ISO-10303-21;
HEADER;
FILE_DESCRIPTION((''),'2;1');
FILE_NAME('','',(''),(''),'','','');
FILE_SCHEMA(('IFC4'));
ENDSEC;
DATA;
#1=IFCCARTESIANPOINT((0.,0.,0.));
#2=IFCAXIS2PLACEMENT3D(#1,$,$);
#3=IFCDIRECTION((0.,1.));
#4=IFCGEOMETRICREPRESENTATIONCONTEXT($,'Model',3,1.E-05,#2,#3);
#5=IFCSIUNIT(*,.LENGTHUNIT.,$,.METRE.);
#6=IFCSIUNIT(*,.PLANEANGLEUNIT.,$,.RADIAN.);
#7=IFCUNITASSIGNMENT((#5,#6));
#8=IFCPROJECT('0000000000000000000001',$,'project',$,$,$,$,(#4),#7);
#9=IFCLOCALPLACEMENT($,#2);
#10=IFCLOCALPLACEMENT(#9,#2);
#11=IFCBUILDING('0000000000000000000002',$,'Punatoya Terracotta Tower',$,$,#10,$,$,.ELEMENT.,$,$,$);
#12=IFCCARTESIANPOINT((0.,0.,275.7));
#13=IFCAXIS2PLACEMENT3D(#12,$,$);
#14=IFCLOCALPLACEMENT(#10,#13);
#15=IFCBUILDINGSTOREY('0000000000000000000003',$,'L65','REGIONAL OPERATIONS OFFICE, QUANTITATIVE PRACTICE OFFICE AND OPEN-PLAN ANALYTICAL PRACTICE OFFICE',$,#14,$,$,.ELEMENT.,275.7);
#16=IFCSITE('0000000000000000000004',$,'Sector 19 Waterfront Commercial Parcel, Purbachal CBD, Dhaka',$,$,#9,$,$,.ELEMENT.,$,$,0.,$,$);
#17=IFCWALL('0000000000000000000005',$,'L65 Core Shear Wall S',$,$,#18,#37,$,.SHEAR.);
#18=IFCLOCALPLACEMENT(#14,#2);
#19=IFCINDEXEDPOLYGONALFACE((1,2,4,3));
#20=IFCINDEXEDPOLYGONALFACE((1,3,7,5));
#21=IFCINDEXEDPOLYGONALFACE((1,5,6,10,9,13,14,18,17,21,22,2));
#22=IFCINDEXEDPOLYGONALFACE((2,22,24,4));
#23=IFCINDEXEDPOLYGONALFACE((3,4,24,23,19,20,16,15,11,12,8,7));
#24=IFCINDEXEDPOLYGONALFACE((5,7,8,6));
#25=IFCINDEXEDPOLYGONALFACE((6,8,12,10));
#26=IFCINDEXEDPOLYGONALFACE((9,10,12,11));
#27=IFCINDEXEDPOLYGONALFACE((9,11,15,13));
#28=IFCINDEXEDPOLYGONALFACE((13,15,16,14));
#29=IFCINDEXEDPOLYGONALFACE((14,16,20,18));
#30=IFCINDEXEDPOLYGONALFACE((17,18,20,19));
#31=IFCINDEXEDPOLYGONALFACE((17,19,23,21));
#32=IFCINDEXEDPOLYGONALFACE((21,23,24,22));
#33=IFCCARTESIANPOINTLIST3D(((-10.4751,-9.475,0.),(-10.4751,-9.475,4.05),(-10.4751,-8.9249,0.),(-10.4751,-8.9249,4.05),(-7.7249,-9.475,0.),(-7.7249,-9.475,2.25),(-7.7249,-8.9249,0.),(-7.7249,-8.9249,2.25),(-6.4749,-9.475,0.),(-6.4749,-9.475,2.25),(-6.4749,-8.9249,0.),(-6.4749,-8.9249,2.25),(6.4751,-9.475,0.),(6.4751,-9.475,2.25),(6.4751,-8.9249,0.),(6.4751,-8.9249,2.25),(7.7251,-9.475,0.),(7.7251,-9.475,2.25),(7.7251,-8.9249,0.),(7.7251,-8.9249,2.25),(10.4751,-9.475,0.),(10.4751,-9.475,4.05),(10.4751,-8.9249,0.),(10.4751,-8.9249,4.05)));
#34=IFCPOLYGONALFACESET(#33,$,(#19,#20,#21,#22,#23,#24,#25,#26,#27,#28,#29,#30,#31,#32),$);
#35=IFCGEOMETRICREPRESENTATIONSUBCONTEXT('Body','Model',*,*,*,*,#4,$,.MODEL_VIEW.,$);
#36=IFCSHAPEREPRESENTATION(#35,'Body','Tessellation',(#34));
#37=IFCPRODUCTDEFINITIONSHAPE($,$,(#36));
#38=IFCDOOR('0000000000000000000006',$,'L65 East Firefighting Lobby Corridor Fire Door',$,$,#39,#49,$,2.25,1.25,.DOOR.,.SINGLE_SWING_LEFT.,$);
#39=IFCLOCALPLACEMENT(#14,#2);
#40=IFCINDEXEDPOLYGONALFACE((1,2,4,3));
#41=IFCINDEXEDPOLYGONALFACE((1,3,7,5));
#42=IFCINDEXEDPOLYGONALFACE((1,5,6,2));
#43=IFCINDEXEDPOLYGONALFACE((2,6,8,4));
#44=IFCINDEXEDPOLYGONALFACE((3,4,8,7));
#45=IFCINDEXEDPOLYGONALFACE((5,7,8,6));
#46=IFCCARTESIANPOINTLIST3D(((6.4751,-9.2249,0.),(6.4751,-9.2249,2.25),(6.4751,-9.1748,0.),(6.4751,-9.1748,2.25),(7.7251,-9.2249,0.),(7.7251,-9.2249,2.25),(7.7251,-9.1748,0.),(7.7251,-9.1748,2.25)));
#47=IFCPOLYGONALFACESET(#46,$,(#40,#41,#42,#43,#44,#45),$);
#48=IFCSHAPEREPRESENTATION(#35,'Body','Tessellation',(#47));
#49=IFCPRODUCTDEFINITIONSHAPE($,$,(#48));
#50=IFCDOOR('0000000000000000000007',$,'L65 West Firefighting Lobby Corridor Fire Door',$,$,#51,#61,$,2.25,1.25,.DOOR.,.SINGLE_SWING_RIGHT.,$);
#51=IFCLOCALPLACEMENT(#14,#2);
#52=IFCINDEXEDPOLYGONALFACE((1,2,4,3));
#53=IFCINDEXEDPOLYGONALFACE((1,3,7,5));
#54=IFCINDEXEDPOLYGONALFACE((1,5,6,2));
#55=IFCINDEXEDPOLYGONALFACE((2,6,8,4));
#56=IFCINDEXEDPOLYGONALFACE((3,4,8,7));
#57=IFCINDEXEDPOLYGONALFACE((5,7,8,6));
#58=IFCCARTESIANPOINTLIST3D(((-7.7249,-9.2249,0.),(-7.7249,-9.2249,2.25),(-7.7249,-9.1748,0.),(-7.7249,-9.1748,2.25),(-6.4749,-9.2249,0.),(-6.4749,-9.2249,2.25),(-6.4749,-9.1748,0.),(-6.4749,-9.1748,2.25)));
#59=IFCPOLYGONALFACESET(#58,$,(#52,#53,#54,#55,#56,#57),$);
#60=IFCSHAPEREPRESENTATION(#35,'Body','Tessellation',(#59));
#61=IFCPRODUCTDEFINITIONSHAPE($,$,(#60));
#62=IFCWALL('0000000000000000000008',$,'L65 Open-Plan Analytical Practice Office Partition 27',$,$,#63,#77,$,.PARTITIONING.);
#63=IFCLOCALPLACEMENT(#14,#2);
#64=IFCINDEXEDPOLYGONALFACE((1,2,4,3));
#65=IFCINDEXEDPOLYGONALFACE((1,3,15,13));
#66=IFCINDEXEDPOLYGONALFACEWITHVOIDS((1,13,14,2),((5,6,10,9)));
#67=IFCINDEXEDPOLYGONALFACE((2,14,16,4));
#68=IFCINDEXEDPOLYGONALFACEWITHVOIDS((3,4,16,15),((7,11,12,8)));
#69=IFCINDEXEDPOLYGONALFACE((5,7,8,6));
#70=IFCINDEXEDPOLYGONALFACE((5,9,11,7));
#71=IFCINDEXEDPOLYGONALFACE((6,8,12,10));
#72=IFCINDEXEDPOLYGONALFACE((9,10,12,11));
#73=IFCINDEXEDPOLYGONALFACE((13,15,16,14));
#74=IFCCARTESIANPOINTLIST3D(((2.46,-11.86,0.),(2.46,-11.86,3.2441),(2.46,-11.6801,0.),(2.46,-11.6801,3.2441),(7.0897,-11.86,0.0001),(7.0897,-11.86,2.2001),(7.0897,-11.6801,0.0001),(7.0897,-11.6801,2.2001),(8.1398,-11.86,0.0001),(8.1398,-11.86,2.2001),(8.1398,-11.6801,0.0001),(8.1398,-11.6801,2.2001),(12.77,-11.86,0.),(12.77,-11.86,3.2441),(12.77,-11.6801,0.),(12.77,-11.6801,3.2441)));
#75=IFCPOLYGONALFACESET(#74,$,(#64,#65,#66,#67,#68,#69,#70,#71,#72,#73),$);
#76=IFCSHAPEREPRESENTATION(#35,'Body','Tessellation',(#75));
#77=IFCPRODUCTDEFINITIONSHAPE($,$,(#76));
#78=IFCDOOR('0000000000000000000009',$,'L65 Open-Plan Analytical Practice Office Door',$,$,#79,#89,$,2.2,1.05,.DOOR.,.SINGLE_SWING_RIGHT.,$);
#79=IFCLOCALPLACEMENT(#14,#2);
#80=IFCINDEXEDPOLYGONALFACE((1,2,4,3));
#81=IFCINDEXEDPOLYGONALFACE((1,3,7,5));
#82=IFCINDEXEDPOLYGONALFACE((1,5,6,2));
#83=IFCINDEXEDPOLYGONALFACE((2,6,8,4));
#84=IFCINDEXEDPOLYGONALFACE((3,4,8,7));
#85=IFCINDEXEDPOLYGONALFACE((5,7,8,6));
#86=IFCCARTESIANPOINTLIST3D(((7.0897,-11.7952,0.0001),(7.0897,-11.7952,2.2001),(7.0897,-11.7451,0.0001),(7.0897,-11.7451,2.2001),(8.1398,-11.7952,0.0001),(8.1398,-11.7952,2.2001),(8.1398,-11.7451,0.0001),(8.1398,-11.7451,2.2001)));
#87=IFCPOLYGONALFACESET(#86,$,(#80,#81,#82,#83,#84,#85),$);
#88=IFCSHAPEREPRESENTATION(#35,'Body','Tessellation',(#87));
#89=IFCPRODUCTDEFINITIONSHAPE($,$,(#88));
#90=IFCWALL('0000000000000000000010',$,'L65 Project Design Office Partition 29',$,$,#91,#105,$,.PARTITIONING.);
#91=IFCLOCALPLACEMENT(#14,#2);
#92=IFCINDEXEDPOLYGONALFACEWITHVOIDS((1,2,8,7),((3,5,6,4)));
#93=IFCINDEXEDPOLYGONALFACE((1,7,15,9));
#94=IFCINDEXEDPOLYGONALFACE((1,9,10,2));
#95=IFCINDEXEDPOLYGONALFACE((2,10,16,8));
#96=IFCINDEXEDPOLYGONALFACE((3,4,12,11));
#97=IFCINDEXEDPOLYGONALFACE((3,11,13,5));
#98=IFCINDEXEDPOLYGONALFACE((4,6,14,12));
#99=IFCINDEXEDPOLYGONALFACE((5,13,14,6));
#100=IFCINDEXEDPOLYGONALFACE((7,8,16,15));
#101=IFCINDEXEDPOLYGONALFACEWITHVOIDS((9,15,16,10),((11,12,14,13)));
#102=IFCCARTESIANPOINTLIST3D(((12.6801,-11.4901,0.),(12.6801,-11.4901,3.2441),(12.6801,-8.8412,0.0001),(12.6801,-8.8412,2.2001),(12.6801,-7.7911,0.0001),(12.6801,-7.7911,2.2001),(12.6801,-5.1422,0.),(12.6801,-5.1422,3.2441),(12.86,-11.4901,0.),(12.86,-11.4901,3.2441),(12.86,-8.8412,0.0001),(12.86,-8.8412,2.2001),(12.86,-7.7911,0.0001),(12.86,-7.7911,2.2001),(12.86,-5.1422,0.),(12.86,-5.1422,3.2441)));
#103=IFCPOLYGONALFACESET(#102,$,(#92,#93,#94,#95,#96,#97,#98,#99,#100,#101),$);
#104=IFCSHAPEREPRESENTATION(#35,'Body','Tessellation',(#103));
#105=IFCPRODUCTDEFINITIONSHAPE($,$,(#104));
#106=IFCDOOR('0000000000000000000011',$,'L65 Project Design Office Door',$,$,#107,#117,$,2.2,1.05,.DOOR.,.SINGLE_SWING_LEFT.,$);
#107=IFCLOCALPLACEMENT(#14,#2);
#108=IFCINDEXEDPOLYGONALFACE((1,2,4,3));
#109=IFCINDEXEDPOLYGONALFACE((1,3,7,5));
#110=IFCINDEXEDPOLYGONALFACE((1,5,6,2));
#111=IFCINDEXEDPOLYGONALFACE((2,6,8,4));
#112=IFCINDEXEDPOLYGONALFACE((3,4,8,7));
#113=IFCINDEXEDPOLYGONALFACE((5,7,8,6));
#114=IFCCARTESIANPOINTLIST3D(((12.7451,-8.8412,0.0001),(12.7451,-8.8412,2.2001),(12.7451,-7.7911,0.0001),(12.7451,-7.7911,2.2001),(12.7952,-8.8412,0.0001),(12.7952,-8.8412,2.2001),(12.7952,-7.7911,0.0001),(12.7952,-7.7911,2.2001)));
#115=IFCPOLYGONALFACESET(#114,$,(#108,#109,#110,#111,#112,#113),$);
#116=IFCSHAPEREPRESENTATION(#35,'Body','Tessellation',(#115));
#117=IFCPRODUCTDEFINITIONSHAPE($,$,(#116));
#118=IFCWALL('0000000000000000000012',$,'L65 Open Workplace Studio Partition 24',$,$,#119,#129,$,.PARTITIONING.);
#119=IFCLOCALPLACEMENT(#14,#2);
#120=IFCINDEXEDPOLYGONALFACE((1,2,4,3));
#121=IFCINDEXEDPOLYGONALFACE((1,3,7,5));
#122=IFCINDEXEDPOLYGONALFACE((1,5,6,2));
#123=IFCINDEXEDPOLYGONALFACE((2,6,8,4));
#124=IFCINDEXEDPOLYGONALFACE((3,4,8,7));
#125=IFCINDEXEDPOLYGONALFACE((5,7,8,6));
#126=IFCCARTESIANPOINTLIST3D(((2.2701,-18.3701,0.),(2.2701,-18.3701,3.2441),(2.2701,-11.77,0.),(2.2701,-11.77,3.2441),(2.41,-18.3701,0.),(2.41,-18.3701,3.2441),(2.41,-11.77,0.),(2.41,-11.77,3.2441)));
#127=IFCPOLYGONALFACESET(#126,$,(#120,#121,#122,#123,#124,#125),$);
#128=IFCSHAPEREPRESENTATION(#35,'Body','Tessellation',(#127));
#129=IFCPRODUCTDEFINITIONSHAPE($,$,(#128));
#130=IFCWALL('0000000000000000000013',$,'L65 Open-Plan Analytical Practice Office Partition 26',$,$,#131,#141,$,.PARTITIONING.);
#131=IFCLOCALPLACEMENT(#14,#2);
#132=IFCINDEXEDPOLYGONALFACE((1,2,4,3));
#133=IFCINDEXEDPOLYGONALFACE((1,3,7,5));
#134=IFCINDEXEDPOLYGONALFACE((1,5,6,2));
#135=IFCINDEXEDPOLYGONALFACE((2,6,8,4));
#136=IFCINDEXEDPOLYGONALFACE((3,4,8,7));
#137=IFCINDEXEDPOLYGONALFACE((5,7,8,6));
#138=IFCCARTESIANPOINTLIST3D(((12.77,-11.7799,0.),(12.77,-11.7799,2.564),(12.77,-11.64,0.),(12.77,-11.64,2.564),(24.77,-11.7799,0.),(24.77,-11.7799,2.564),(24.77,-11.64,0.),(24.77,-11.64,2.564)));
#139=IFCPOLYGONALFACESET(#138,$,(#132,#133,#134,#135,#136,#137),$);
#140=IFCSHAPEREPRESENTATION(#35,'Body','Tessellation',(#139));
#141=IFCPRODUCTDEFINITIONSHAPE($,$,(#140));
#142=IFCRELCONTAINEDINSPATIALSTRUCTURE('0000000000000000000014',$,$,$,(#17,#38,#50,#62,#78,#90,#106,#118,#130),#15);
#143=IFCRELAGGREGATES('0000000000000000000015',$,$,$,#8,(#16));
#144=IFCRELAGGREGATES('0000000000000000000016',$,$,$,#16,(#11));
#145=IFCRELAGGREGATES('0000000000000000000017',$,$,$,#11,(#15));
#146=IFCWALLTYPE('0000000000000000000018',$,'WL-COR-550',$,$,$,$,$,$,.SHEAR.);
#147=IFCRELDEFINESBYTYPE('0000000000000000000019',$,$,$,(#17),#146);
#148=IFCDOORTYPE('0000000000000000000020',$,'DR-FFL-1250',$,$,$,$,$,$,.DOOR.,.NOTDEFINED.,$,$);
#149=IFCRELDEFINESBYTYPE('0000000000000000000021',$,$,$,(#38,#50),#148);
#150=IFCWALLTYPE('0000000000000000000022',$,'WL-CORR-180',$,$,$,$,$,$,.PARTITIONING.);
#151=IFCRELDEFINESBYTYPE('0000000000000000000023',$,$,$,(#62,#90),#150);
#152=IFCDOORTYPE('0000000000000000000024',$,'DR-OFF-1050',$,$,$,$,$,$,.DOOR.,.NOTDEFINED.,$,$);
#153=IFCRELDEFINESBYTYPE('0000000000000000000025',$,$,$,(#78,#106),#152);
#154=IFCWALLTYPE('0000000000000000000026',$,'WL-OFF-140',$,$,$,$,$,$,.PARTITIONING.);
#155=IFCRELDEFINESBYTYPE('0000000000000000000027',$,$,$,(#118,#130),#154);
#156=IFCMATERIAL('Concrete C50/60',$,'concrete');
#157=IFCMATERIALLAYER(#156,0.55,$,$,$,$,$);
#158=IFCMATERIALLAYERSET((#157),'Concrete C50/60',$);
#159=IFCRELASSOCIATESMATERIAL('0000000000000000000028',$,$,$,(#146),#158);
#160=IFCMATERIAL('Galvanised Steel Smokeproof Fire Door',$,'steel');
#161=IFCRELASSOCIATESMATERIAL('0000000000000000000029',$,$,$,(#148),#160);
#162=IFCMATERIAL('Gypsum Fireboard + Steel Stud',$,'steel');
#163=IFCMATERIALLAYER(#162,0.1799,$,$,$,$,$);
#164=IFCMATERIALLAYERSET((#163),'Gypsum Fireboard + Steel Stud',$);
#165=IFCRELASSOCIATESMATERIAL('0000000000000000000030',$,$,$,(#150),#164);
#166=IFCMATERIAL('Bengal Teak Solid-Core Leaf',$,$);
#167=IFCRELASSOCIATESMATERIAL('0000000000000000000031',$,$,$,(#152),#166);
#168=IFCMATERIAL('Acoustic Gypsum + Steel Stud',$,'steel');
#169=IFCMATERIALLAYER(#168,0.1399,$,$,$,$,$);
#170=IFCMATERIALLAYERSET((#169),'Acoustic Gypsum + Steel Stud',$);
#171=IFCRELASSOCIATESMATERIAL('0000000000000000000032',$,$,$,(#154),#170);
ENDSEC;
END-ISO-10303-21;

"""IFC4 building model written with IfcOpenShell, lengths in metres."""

from ifc_helpers import new_model, si_unit, direction, frame, frame_2d, origin, place, context, subcontext, project, spatial, rectangle, extrude, material, layer, layer_set, type_object, element, fill, save


model = new_model("IFC4")

# Units and contexts
model_context = context("Model", 3, precision=1e-05, world=origin(), true_north=direction((0.0, 1.0)))
body_context = subcontext(model_context, "Body", "Model", "MODEL_VIEW")
ifc_project = project(units=[si_unit("LENGTHUNIT", "METRE"), si_unit("PLANEANGLEUNIT", "RADIAN")], contexts=[model_context])

# Site, building, storey
site_placement = place(None, origin())
site = spatial("IfcSite", under=ifc_project, at=site_placement, Name="Sector 19 Waterfront Commercial Parcel, Purbachal CBD, Dhaka", CompositionType="ELEMENT", RefElevation=0.0)
building_placement = place(site_placement, origin())
building = spatial("IfcBuilding", under=site, at=building_placement, Name="Punatoya Terracotta Tower", CompositionType="ELEMENT")
storey_placement = place(building_placement, frame((0.0, 0.0, 275.7)))
storey = spatial("IfcBuildingStorey", under=building, at=storey_placement, Name="L65", Description="REGIONAL OPERATIONS OFFICE, QUANTITATIVE PRACTICE OFFICE AND OPEN-PLAN ANALYTICAL PRACTICE OFFICE", CompositionType="ELEMENT", Elevation=275.7)

# Wall, openings, doors
ifc_material_1 = material(Name="Concrete C50/60", Category="concrete")
ifc_layer_1 = layer(ifc_material_1, 0.55)
ifc_layer_set_1 = layer_set([ifc_layer_1], Name="Concrete C50/60")
wall_type_1 = type_object("IfcWallType", Name="WL-COR-550", PredefinedType="SHEAR", material=ifc_layer_set_1)
wall_1_placement = place(storey_placement, frame((10.4751, -9.2, 0.0), z_axis=(0.0, 0.0, 1.0), x_axis=(-1.0, 0.0, 0.0)))
wall_1 = element("IfcWall", 1, at=wall_1_placement, inside=storey, type_object=wall_type_1, Name="L65 Core Shear Wall S", PredefinedType="SHEAR", context=body_context, shape_type="SweptSolid", body=[
    extrude(rectangle(XDim=20.9502, YDim=0.55, at=frame_2d((10.4751, 0.0))), origin(), (0.0, 0.0, 1.0), 4.05),
])
opening_1_placement = place(wall_1_placement, frame((2.75, 0.0, 0.0)))
opening_1 = element("IfcOpeningElement", 2, at=opening_1_placement, cuts=wall_1, PredefinedType="OPENING", context=body_context, shape_type="SweptSolid", body=[
    extrude(rectangle(XDim=1.25, YDim=2.25, at=frame_2d((0.625, 1.125))), frame((0.0, 0.2849, 0.0), z_axis=(0.0, -1.0, 0.0), x_axis=(1.0, 0.0, 0.0)), (0.0, 0.0, 1.0), 0.5701),
])
opening_2_placement = place(wall_1_placement, frame((16.95, 0.0, 0.0)))
opening_2 = element("IfcOpeningElement", 3, at=opening_2_placement, cuts=wall_1, PredefinedType="OPENING", context=body_context, shape_type="SweptSolid", body=[
    extrude(rectangle(XDim=1.25, YDim=2.25, at=frame_2d((0.625, 1.125))), frame((0.0, 0.2849, 0.0), z_axis=(0.0, -1.0, 0.0), x_axis=(1.0, 0.0, 0.0)), (0.0, 0.0, 1.0), 0.5701),
])
ifc_material_2 = material(Name="Galvanised Steel Smokeproof Fire Door", Category="steel")
door_type_1 = type_object("IfcDoorType", Name="DR-FFL-1250", OperationType="NOTDEFINED", PredefinedType="DOOR", material=ifc_material_2)
door_1_placement = place(opening_1_placement, origin())
door_1 = element("IfcDoor", 4, at=door_1_placement, inside=storey, type_object=door_type_1, Name="L65 East Firefighting Lobby Corridor Fire Door", OperationType="SINGLE_SWING_LEFT", OverallHeight=2.25, OverallWidth=1.25, PredefinedType="DOOR", context=body_context, shape_type="SweptSolid", body=[
    extrude(rectangle(XDim=1.25, YDim=2.25, at=frame_2d((0.625, 1.125))), frame((0.0, 0.0249, 0.0), z_axis=(0.0, -1.0, 0.0), x_axis=(1.0, 0.0, 0.0)), (0.0, 0.0, 1.0), 0.05),
])
fill(opening_1, door_1)
door_2_placement = place(opening_2_placement, origin())
door_2 = element("IfcDoor", 5, at=door_2_placement, inside=storey, type_object=door_type_1, Name="L65 West Firefighting Lobby Corridor Fire Door", OperationType="SINGLE_SWING_RIGHT", OverallHeight=2.25, OverallWidth=1.25, PredefinedType="DOOR", context=body_context, shape_type="SweptSolid", body=[
    extrude(rectangle(XDim=1.25, YDim=2.25, at=frame_2d((0.625, 1.125))), frame((0.0, 0.0249, 0.0), z_axis=(0.0, -1.0, 0.0), x_axis=(1.0, 0.0, 0.0)), (0.0, 0.0, 1.0), 0.05),
])
fill(opening_2, door_2)

# Walls, openings, doors
ifc_material_3 = material(Name="Gypsum Fireboard + Steel Stud", Category="steel")
ifc_layer_2 = layer(ifc_material_3, 0.1799)
ifc_layer_set_2 = layer_set([ifc_layer_2], Name="Gypsum Fireboard + Steel Stud")
wall_type_2 = type_object("IfcWallType", Name="WL-CORR-180", PredefinedType="PARTITIONING", material=ifc_layer_set_2)
wall_2_placement = place(storey_placement, frame((2.46, -11.77, 0.0), z_axis=(0.0, 0.0, 1.0), x_axis=(1.0, 0.0, 0.0)))
wall_2 = element("IfcWall", 6, at=wall_2_placement, inside=storey, type_object=wall_type_2, Name="L65 Open-Plan Analytical Practice Office Partition 27", PredefinedType="PARTITIONING", context=body_context, shape_type="SweptSolid", body=[
    extrude(rectangle(XDim=10.3101, YDim=0.1799, at=frame_2d((5.155, 0.0))), origin(), (0.0, 0.0, 1.0), 3.2441),
])
opening_3_placement = place(wall_2_placement, frame((4.6299, 0.0, 0.0)))
opening_3 = element("IfcOpeningElement", 7, at=opening_3_placement, cuts=wall_2, PredefinedType="OPENING", context=body_context, shape_type="SweptSolid", body=[
    extrude(rectangle(XDim=1.05, YDim=2.2, at=frame_2d((0.5249, 1.1001))), frame((0.0, 0.0999, 0.0), z_axis=(0.0, -1.0, 0.0), x_axis=(1.0, 0.0, 0.0)), (0.0, 0.0, 1.0), 0.2),
])
ifc_material_4 = material(Name="Bengal Teak Solid-Core Leaf")
door_type_2 = type_object("IfcDoorType", Name="DR-OFF-1050", OperationType="NOTDEFINED", PredefinedType="DOOR", material=ifc_material_4)
door_3_placement = place(opening_3_placement, origin())
door_3 = element("IfcDoor", 8, at=door_3_placement, inside=storey, type_object=door_type_2, Name="L65 Open-Plan Analytical Practice Office Door", OperationType="SINGLE_SWING_RIGHT", OverallHeight=2.2, OverallWidth=1.05, PredefinedType="DOOR", context=body_context, shape_type="SweptSolid", body=[
    extrude(rectangle(XDim=1.05, YDim=2.2, at=frame_2d((0.5249, 1.1001))), frame((0.0, 0.0249, 0.0), z_axis=(0.0, -1.0, 0.0), x_axis=(1.0, 0.0, 0.0)), (0.0, 0.0, 1.0), 0.05),
])
fill(opening_3, door_3)
wall_3_placement = place(storey_placement, frame((12.77, -11.49, 0.0), z_axis=(0.0, 0.0, 1.0), x_axis=(0.0, 1.0, 0.0)))
wall_3 = element("IfcWall", 9, at=wall_3_placement, inside=storey, type_object=wall_type_2, Name="L65 Project Design Office Partition 29", PredefinedType="PARTITIONING", context=body_context, shape_type="SweptSolid", body=[
    extrude(rectangle(XDim=6.3479, YDim=0.1799, at=frame_2d((3.1738, 0.0))), origin(), (0.0, 0.0, 1.0), 3.2441),
])
opening_4_placement = place(wall_3_placement, frame((2.6489, 0.0, 0.0)))
opening_4 = element("IfcOpeningElement", 10, at=opening_4_placement, cuts=wall_3, PredefinedType="OPENING", context=body_context, shape_type="SweptSolid", body=[
    extrude(rectangle(XDim=1.05, YDim=2.2, at=frame_2d((0.5249, 1.1001))), frame((0.0, 0.0999, 0.0), z_axis=(0.0, -1.0, 0.0), x_axis=(1.0, 0.0, 0.0)), (0.0, 0.0, 1.0), 0.2),
])
door_4_placement = place(opening_4_placement, origin())
door_4 = element("IfcDoor", 11, at=door_4_placement, inside=storey, type_object=door_type_2, Name="L65 Project Design Office Door", OperationType="SINGLE_SWING_LEFT", OverallHeight=2.2, OverallWidth=1.05, PredefinedType="DOOR", context=body_context, shape_type="SweptSolid", body=[
    extrude(rectangle(XDim=1.05, YDim=2.2, at=frame_2d((0.5249, 1.1001))), frame((0.0, 0.0249, 0.0), z_axis=(0.0, -1.0, 0.0), x_axis=(1.0, 0.0, 0.0)), (0.0, 0.0, 1.0), 0.05),
])
fill(opening_4, door_4)

# Walls
ifc_material_5 = material(Name="Acoustic Gypsum + Steel Stud", Category="steel")
ifc_layer_3 = layer(ifc_material_5, 0.1399)
ifc_layer_set_3 = layer_set([ifc_layer_3], Name="Acoustic Gypsum + Steel Stud")
wall_type_3 = type_object("IfcWallType", Name="WL-OFF-140", PredefinedType="PARTITIONING", material=ifc_layer_set_3)
wall_4_placement = place(storey_placement, frame((2.3401, -11.77, 0.0), z_axis=(0.0, 0.0, 1.0), x_axis=(0.0, -1.0, 0.0)))
element("IfcWall", 12, at=wall_4_placement, inside=storey, type_object=wall_type_3, Name="L65 Open Workplace Studio Partition 24", PredefinedType="PARTITIONING", context=body_context, shape_type="SweptSolid", body=[
    extrude(rectangle(XDim=6.6001, YDim=0.1399, at=frame_2d((3.3, 0.0))), origin(), (0.0, 0.0, 1.0), 3.2441),
])
wall_5_placement = place(storey_placement, frame((12.77, -11.71, 0.0), z_axis=(0.0, 0.0, 1.0), x_axis=(1.0, 0.0, 0.0)))
element("IfcWall", 13, at=wall_5_placement, inside=storey, type_object=wall_type_3, Name="L65 Open-Plan Analytical Practice Office Partition 26", PredefinedType="PARTITIONING", context=body_context, shape_type="SweptSolid", body=[
    extrude(rectangle(XDim=12.0, YDim=0.1399, at=frame_2d((6.0, 0.0))), origin(), (0.0, 0.0, 1.0), 2.564),
])

save(model, "model.ifc")
